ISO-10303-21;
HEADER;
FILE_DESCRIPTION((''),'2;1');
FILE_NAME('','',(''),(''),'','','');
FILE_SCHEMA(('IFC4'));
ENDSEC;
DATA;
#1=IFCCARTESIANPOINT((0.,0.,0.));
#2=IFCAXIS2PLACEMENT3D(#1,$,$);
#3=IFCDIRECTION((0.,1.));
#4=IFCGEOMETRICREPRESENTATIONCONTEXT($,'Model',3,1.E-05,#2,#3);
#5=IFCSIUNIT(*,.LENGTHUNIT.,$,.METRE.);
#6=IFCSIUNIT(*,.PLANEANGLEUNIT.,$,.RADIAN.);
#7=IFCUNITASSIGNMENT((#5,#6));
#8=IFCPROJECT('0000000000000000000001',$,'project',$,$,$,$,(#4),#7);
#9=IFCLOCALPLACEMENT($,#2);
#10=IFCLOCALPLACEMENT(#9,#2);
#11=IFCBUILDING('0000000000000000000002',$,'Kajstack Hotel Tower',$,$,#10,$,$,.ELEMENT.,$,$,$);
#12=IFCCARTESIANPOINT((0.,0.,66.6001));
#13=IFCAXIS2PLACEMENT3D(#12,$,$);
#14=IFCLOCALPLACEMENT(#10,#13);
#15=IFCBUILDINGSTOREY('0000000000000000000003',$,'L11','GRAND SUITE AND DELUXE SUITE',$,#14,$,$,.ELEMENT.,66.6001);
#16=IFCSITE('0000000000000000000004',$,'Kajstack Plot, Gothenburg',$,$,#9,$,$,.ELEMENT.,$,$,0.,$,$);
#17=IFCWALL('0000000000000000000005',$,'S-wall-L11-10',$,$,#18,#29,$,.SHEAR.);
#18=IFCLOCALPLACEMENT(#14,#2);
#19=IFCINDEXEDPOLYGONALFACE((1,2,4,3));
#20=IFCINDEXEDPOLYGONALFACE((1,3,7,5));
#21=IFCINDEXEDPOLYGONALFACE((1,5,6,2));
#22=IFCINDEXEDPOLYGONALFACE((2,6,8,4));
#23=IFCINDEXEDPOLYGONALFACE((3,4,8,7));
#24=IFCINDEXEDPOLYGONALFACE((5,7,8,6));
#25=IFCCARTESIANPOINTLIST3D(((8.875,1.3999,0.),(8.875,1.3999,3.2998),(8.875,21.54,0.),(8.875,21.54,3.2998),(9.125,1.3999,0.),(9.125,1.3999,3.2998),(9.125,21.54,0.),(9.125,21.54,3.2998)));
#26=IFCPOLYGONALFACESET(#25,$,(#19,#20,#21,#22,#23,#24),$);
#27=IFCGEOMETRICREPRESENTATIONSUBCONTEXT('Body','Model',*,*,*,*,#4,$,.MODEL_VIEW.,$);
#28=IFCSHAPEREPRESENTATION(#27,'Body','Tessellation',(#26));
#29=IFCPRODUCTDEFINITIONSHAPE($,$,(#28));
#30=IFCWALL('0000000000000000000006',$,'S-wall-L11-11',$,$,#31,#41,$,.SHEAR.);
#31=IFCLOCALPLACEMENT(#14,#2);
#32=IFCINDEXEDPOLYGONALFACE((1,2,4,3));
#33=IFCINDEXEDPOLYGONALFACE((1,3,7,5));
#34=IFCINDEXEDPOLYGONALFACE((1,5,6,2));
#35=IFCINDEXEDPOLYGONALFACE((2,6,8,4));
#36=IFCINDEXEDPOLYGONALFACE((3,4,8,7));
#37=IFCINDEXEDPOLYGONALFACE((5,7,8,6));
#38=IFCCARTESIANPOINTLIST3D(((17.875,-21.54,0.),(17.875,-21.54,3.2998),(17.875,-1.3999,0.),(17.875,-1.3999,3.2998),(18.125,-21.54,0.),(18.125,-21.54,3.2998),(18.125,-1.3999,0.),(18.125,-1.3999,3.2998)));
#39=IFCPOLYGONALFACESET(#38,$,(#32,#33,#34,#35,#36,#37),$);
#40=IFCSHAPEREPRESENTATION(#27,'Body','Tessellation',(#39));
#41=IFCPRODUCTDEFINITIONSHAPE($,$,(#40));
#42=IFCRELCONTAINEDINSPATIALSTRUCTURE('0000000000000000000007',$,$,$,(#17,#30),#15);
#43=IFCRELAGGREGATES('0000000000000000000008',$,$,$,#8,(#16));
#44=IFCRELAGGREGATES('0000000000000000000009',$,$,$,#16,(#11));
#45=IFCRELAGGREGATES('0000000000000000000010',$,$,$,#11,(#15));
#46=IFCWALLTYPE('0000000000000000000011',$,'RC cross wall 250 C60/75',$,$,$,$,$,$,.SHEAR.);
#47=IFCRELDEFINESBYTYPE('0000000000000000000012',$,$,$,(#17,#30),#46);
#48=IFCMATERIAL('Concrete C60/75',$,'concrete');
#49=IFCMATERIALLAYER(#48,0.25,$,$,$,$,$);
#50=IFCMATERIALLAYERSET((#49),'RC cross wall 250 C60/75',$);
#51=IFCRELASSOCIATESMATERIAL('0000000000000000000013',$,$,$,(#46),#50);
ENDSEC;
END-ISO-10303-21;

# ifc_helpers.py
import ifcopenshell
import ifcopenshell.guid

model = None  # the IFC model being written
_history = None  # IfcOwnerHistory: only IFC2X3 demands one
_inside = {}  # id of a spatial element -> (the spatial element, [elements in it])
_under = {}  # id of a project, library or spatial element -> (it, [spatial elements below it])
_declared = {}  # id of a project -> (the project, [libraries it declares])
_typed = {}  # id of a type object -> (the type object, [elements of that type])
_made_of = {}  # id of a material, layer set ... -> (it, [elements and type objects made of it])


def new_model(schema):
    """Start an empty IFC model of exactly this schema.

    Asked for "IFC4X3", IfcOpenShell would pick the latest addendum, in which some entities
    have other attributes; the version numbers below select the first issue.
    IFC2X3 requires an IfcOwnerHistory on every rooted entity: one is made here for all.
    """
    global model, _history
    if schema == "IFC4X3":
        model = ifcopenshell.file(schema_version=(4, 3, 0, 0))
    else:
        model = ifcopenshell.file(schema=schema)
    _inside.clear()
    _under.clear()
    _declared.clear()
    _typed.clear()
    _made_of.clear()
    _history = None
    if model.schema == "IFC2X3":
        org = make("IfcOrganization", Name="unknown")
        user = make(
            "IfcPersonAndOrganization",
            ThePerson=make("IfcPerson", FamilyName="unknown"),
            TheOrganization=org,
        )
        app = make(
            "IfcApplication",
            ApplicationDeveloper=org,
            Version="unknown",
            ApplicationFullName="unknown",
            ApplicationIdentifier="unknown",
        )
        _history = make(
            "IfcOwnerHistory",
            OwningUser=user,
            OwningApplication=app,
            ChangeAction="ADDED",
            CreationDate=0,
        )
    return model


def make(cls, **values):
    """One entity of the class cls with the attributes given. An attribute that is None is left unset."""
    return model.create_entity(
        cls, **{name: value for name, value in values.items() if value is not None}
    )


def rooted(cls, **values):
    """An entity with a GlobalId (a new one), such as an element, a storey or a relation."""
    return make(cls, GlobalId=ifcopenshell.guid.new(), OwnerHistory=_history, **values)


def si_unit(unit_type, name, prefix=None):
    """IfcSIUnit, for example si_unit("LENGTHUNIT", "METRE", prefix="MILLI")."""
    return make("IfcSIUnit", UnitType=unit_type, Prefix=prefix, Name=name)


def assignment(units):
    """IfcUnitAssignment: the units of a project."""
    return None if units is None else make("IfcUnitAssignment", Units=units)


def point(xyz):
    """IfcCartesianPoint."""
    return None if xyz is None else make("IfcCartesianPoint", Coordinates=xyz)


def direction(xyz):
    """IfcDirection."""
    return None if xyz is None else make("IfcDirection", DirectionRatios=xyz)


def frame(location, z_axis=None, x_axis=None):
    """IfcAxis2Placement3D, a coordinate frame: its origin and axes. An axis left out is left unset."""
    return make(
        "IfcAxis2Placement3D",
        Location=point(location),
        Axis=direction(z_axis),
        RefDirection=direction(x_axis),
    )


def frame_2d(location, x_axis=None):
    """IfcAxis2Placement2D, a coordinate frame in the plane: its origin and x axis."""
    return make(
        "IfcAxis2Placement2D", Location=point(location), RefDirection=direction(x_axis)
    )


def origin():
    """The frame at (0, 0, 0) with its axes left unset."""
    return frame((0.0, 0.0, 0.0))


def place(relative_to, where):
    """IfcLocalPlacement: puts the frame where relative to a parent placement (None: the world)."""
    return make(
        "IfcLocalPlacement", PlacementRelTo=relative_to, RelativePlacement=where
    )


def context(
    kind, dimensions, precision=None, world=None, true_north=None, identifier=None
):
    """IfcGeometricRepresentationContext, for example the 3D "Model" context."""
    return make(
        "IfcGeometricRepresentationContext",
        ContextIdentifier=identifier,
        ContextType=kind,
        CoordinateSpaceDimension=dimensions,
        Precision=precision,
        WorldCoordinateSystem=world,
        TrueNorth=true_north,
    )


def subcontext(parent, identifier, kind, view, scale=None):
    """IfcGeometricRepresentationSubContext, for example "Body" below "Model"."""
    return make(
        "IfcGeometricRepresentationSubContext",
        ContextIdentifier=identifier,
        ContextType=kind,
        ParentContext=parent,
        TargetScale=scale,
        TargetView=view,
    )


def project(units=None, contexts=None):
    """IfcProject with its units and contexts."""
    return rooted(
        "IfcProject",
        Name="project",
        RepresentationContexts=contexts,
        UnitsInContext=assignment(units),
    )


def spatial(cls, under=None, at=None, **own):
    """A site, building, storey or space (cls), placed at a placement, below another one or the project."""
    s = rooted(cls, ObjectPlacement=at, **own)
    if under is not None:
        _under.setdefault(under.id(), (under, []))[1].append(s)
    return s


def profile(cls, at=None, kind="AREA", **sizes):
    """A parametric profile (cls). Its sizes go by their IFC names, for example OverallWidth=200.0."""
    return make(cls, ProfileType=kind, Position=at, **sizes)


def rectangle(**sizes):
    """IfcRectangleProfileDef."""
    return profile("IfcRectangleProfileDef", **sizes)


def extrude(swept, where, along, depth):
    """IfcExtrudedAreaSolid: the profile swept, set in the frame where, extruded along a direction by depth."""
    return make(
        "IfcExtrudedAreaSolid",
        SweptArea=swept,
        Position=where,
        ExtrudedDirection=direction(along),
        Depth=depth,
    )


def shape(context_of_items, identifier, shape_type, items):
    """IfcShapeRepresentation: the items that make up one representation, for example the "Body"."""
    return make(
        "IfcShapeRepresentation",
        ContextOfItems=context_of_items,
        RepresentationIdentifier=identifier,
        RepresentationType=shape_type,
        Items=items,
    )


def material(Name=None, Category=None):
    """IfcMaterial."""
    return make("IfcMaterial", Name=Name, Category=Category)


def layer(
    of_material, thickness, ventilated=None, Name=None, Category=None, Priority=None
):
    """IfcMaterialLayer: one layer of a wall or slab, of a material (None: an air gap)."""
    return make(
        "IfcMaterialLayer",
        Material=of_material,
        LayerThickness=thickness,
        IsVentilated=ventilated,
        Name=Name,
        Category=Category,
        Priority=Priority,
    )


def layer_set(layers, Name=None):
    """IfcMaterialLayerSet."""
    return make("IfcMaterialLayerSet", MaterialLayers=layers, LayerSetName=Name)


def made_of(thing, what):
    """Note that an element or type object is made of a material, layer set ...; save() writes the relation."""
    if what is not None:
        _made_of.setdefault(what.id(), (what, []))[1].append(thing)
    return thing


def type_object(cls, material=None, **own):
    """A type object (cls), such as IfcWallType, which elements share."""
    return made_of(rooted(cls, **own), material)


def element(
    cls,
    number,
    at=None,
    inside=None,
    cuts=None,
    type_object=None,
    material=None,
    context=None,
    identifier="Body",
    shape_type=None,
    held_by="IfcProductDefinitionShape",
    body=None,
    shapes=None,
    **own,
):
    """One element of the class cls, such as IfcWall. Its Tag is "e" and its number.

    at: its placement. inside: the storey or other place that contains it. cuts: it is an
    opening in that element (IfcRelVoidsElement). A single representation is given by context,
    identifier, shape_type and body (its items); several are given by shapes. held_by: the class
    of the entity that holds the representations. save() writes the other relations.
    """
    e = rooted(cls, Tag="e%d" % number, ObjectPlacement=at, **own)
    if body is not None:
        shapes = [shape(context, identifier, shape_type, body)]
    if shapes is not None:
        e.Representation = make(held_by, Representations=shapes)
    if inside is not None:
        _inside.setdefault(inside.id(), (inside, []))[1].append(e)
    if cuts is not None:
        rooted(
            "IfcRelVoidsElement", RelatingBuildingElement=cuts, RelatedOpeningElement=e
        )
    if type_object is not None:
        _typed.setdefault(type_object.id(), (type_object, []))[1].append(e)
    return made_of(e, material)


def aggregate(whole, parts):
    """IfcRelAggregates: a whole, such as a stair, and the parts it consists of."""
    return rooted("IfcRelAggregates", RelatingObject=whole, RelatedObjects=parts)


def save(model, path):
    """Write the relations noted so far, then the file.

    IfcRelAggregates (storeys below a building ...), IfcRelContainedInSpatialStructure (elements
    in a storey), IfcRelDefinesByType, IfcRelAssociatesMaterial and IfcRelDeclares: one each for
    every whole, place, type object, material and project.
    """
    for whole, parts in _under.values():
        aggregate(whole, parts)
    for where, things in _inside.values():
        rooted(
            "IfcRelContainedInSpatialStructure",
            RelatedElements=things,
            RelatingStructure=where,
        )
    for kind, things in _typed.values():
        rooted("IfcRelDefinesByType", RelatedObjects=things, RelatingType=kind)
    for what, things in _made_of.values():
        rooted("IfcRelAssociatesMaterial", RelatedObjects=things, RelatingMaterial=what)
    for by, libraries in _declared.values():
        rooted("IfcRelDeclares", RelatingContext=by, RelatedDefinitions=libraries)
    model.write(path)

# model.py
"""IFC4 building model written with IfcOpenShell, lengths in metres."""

from ifc_helpers import new_model, si_unit, direction, frame, frame_2d, origin, place, context, subcontext, project, spatial, rectangle, extrude, material, layer, layer_set, type_object, element, save


model = new_model("IFC4")

# Units and contexts
model_context = context("Model", 3, precision=1e-05, world=origin(), true_north=direction((0.0, 1.0)))
body_context = subcontext(model_context, "Body", "Model", "MODEL_VIEW")
ifc_project = project(units=[si_unit("LENGTHUNIT", "METRE"), si_unit("PLANEANGLEUNIT", "RADIAN")], contexts=[model_context])

# Site, building, storey
site_placement = place(None, origin())
site = spatial("IfcSite", under=ifc_project, at=site_placement, Name="Kajstack Plot, Gothenburg", CompositionType="ELEMENT", RefElevation=0.0)
building_placement = place(site_placement, origin())
building = spatial("IfcBuilding", under=site, at=building_placement, Name="Kajstack Hotel Tower", CompositionType="ELEMENT")
storey_placement = place(building_placement, frame((0.0, 0.0, 66.6001)))
storey = spatial("IfcBuildingStorey", under=building, at=storey_placement, Name="L11", Description="GRAND SUITE AND DELUXE SUITE", CompositionType="ELEMENT", Elevation=66.6001)

# Shared definitions
ifc_material_1 = material(Name="Concrete C60/75", Category="concrete")

# Walls
ifc_layer_1 = layer(ifc_material_1, 0.25)
ifc_layer_set_1 = layer_set([ifc_layer_1], Name="RC cross wall 250 C60/75")
wall_type_1 = type_object("IfcWallType", Name="RC cross wall 250 C60/75", PredefinedType="SHEAR", material=ifc_layer_set_1)
for number, where, z_axis, x_axis, name in (
    (1, (9.0, 1.3999, 0.0), (0.0, 0.0, 1.0), (0.0, 1.0, 0.0), "S-wall-L11-10"),
    (2, (18.0, -21.54, 0.0), (0.0, 0.0, 1.0), (0.0, 1.0, 0.0), "S-wall-L11-11"),
):
    element("IfcWall", number, at=place(storey_placement, frame(where, z_axis=z_axis, x_axis=x_axis)), inside=storey, type_object=wall_type_1, Name=name, PredefinedType="SHEAR", context=body_context, shape_type="SweptSolid", body=[
        extrude(rectangle(XDim=20.1401, YDim=0.25, at=frame_2d((10.0701, 0.0))), origin(), (0.0, 0.0, 1.0), 3.2998),
    ])

save(model, "model.ifc")
